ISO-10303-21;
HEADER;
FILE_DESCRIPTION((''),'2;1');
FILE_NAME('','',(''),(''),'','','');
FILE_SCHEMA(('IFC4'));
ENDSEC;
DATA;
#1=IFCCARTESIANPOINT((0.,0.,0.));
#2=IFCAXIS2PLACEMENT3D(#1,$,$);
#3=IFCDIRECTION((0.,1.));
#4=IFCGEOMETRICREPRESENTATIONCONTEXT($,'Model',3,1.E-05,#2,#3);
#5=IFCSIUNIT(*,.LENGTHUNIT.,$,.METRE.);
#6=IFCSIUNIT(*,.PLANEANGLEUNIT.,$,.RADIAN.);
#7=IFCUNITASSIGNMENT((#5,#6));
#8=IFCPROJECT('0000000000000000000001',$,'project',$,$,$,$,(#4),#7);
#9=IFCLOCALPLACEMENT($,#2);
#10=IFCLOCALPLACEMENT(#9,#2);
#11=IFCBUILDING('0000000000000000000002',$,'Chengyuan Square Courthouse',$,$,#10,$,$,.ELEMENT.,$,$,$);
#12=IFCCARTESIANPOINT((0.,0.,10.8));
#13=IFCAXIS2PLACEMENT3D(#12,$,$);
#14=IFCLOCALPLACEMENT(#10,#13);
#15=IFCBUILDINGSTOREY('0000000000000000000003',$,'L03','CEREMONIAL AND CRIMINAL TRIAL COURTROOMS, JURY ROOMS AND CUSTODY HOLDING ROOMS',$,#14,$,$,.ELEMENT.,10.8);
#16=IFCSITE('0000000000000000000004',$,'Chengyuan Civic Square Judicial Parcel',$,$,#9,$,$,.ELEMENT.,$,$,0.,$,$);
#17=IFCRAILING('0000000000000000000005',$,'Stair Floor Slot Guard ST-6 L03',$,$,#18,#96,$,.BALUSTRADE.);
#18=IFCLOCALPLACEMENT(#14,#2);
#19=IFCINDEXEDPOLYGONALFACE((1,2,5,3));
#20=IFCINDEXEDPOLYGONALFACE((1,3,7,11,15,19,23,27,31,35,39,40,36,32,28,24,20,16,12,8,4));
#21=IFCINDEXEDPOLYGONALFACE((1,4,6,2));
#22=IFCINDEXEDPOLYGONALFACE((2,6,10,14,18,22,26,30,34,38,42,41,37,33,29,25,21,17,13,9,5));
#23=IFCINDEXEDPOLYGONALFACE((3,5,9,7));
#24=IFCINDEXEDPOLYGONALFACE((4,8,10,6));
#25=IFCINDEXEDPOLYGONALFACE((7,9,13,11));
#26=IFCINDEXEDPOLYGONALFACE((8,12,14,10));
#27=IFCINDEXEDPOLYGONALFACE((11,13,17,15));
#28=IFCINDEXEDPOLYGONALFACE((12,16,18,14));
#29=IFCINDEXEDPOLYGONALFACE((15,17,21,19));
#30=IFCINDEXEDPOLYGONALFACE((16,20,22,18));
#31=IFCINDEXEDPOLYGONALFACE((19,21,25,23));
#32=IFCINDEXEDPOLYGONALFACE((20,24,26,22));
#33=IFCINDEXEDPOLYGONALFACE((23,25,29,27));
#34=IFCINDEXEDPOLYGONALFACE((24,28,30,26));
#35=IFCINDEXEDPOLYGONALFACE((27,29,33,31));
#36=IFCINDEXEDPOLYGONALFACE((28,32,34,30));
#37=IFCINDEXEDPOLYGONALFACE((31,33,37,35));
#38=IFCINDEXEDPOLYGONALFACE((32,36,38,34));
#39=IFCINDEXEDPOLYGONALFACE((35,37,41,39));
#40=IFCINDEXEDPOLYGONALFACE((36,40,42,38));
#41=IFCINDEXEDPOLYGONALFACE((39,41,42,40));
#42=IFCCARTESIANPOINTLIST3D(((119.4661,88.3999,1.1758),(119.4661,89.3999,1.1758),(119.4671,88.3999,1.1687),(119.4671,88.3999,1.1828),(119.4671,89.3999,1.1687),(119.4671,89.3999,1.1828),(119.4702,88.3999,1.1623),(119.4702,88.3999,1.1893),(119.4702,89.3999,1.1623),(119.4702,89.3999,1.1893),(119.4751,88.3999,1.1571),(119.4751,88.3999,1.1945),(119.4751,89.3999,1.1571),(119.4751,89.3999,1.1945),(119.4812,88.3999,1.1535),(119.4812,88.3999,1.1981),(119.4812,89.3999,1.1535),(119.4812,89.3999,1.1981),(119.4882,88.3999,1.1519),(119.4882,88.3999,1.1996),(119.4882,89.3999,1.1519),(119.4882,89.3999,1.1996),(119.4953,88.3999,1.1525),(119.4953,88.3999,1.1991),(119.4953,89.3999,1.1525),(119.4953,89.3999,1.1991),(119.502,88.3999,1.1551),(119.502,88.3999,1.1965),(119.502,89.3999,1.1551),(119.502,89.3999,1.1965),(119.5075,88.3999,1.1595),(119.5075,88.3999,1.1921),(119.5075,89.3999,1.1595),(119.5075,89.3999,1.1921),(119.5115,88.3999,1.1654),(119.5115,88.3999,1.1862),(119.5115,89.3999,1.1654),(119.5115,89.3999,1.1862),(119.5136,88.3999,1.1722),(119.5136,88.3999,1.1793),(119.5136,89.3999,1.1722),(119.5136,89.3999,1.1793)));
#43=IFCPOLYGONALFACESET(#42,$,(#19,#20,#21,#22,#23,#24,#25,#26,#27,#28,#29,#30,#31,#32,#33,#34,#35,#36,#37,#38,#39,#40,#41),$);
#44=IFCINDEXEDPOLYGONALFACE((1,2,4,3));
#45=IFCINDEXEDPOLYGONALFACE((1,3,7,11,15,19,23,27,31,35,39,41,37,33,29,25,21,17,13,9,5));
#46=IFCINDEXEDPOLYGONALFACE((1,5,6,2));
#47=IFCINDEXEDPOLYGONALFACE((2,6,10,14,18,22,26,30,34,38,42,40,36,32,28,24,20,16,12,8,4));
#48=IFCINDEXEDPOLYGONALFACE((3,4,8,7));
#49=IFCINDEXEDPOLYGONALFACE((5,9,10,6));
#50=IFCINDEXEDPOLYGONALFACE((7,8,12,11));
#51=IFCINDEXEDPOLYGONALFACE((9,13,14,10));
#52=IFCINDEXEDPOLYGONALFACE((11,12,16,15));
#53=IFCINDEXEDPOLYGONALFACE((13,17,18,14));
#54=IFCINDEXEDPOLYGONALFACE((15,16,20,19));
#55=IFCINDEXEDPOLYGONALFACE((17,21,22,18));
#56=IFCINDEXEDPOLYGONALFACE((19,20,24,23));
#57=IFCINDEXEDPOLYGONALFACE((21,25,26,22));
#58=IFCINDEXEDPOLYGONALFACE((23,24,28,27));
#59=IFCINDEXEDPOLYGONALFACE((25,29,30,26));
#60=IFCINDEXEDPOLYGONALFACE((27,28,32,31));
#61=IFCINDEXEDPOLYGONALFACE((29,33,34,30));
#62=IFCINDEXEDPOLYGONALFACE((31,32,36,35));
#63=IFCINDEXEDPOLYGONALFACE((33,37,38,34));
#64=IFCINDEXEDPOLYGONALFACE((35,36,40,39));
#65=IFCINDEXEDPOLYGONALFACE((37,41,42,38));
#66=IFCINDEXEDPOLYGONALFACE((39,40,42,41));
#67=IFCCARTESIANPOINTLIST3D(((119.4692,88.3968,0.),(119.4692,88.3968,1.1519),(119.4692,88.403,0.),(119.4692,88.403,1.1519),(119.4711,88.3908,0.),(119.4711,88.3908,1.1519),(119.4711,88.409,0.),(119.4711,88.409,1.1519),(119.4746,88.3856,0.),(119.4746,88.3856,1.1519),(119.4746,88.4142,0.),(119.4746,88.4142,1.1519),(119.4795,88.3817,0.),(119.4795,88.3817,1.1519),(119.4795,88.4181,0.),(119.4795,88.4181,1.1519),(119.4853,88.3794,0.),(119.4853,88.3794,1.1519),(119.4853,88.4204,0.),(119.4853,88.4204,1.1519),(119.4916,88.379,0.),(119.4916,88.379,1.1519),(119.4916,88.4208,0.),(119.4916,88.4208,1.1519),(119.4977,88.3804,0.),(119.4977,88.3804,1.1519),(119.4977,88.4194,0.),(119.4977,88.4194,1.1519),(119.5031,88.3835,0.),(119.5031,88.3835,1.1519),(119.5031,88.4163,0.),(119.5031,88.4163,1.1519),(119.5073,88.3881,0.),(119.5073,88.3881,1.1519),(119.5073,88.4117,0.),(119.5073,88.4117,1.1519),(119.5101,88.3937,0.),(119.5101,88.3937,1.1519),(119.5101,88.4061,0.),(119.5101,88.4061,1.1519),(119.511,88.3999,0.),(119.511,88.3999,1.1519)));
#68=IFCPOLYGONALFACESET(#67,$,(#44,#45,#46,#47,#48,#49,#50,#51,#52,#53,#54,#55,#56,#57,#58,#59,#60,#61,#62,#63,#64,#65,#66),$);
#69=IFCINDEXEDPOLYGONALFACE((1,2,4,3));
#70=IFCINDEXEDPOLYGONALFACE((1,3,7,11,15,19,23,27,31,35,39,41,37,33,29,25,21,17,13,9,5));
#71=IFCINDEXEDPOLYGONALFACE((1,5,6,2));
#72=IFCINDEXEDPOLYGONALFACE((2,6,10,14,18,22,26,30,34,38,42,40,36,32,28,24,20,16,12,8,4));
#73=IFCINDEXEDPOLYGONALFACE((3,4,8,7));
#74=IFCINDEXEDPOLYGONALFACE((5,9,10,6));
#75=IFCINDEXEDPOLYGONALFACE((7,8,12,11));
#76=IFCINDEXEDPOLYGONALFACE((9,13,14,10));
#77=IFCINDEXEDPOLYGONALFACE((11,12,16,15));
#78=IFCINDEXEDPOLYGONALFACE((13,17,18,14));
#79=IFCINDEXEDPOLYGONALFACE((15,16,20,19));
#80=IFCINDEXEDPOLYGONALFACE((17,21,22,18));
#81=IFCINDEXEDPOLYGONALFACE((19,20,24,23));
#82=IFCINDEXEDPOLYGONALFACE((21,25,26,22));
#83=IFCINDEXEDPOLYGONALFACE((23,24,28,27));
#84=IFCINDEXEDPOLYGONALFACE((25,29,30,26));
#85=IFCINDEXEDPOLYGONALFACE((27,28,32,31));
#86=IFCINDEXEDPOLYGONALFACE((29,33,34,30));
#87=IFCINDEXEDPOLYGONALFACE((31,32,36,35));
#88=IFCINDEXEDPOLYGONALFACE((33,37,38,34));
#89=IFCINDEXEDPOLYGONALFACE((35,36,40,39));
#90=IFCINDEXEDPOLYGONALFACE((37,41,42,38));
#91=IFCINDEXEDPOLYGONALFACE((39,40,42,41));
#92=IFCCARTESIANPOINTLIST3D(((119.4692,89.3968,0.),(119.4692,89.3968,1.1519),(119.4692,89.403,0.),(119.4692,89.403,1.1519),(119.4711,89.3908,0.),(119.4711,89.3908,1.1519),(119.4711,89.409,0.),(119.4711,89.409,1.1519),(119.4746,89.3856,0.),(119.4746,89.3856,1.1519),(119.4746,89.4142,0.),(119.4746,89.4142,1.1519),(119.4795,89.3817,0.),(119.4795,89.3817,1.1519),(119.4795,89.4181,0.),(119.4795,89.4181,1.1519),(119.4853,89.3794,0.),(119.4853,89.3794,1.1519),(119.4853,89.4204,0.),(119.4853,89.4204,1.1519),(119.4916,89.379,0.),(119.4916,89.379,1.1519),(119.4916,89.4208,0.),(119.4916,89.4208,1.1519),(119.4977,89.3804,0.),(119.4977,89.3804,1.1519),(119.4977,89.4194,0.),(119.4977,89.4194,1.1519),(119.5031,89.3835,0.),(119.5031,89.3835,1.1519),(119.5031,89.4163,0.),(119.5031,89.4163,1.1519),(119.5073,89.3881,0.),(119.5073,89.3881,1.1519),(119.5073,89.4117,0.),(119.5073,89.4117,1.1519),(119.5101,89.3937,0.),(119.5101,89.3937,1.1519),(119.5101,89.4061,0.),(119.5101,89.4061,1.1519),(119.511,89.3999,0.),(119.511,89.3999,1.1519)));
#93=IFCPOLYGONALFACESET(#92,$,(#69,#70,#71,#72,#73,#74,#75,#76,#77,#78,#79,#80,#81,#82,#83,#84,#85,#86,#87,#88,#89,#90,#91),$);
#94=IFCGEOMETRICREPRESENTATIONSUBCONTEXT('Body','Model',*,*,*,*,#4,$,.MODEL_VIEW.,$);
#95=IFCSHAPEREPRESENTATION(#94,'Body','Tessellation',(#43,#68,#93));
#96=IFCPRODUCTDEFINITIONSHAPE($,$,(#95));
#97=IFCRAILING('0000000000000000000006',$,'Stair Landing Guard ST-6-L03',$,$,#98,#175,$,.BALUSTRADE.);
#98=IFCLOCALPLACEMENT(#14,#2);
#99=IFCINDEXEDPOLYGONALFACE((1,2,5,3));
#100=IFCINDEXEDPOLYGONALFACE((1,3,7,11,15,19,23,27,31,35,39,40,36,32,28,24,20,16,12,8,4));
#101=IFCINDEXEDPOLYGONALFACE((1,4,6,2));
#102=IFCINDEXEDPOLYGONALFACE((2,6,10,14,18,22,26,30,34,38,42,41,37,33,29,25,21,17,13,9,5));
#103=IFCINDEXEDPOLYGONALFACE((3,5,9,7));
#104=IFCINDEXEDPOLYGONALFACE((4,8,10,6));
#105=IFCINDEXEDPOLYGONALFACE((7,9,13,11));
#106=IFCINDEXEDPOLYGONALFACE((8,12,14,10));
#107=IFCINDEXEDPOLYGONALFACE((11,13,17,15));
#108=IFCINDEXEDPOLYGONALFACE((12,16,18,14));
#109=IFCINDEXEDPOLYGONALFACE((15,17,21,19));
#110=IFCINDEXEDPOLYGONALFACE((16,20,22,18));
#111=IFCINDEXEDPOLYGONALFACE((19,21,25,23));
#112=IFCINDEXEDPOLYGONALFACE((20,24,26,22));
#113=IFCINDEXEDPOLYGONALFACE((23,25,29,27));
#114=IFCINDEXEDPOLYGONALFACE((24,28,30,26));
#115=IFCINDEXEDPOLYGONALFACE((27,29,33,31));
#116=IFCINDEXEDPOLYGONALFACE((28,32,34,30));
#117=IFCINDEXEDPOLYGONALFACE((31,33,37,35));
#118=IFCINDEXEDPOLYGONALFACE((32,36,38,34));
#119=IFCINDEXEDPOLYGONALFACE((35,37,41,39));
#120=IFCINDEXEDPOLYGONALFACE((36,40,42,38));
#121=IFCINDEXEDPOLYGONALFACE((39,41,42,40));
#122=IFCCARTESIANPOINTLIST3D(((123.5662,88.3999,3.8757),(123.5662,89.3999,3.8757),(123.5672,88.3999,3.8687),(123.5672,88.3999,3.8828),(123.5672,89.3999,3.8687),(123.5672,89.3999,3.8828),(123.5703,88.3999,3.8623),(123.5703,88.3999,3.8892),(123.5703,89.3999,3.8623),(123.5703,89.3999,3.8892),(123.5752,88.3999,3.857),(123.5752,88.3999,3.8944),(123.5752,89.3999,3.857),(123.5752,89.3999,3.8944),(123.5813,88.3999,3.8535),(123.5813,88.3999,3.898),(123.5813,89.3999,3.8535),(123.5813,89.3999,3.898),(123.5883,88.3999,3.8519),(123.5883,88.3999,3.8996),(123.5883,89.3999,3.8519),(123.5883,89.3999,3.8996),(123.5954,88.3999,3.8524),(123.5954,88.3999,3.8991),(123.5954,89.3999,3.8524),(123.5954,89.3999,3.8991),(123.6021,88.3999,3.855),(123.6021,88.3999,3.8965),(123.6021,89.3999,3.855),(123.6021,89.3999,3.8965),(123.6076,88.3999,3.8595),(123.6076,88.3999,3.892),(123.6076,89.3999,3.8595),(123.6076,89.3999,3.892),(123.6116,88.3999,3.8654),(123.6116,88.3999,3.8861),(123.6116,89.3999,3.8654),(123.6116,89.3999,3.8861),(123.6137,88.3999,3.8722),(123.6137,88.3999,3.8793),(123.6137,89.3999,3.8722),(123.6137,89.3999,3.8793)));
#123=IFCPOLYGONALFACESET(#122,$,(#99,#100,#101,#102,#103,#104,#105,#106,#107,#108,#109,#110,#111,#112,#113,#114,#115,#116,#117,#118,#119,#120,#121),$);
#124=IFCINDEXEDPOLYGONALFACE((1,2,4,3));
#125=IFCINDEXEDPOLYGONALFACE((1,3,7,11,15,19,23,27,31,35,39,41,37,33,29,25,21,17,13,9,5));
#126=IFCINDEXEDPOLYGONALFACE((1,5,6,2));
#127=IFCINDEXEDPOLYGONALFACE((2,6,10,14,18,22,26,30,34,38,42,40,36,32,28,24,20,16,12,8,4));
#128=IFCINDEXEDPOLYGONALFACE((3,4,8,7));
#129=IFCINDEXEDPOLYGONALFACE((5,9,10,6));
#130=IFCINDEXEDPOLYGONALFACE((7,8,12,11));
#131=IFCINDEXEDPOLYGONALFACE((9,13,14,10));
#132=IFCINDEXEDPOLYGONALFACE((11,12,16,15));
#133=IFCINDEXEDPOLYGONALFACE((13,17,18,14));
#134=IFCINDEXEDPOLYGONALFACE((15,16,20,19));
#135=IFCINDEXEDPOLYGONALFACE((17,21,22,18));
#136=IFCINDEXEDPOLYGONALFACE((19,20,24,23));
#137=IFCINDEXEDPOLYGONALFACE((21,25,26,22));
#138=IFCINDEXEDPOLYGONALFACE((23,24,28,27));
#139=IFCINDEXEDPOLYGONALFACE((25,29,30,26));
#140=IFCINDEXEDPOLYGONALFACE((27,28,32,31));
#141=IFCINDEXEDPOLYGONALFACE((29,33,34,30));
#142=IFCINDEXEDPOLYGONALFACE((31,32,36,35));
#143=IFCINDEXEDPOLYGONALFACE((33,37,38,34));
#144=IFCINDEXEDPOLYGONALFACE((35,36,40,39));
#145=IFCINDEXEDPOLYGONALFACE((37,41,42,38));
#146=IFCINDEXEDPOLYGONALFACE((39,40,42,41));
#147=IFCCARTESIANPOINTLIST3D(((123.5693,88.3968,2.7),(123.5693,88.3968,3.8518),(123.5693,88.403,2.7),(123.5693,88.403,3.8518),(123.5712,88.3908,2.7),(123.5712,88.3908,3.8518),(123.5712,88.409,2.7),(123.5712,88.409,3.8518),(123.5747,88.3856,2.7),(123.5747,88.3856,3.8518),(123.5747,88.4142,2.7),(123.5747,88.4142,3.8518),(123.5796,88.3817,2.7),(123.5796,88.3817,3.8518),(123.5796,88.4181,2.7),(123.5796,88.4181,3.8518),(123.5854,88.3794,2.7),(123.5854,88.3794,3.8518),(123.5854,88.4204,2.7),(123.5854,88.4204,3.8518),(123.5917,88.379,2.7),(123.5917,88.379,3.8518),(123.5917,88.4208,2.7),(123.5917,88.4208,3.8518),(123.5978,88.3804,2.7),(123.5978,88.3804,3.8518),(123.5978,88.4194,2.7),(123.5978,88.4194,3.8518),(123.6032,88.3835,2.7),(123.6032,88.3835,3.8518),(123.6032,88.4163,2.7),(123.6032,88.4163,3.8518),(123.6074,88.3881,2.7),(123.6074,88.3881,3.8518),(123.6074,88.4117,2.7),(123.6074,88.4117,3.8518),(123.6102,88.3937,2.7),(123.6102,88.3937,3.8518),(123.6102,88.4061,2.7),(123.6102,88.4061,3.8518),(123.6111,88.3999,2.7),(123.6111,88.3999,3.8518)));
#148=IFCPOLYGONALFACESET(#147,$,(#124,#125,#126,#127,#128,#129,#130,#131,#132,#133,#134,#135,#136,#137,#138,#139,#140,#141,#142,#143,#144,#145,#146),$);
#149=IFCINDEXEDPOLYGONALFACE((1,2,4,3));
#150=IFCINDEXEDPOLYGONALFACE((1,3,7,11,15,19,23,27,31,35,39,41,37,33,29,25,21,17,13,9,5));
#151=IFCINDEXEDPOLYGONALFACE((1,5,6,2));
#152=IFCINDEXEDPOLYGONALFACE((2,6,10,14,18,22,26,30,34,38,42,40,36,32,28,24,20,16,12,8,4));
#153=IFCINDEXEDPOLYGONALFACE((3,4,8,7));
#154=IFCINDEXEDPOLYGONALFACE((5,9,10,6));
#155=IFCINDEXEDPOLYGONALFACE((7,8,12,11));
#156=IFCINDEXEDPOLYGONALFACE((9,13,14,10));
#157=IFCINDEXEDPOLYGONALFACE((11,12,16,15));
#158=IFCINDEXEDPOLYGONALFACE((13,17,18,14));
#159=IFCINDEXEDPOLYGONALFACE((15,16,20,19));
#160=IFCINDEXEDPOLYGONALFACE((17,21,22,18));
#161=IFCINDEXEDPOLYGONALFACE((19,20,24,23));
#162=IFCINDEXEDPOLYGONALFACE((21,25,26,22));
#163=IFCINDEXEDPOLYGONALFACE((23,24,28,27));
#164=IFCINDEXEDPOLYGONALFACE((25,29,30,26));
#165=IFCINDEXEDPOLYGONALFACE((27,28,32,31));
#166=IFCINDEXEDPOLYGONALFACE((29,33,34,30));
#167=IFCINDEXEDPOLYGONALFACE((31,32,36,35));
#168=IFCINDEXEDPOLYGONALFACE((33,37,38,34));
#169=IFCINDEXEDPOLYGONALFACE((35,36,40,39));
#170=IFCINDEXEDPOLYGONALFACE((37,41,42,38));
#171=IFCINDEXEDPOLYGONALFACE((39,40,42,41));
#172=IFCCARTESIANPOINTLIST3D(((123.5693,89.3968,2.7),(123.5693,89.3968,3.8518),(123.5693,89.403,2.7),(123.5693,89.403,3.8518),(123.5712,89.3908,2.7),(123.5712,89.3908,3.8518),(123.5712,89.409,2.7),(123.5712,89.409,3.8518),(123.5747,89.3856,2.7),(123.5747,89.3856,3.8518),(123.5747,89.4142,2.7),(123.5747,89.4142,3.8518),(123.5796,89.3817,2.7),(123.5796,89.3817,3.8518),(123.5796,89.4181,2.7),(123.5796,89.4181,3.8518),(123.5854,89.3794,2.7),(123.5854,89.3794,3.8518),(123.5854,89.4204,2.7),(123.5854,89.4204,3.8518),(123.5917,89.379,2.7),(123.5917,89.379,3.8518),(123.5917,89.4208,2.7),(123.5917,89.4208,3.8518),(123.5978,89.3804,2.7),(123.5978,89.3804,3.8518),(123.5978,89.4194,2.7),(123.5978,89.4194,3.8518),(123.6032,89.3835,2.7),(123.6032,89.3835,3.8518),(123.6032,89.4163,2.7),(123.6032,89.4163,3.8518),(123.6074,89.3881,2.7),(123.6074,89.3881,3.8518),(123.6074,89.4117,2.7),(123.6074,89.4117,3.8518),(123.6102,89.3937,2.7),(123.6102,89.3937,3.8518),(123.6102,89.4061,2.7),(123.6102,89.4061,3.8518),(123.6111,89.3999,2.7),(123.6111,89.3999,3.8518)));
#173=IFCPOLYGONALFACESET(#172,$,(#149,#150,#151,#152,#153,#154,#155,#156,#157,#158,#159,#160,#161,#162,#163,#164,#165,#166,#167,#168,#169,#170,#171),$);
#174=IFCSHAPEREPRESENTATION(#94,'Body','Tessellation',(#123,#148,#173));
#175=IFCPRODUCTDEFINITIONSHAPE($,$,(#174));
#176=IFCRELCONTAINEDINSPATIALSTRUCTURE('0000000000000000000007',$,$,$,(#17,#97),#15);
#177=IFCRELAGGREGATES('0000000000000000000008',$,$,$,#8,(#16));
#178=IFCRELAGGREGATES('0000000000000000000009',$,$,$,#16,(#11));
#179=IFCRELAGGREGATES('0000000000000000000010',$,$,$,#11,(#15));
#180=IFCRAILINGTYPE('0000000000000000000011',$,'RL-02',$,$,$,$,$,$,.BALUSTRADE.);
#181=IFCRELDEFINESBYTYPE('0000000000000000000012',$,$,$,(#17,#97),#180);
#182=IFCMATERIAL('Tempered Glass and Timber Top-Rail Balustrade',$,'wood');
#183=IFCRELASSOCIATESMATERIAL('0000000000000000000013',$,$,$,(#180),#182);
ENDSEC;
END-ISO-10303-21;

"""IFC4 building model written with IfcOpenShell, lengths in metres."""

from ifc_helpers import new_model, si_unit, direction, frame, origin, origin_2d, place, context, subcontext, project, spatial, circle, extrude, material, type_object, element, save


model = new_model("IFC4")

# Units and contexts
model_context = context("Model", 3, precision=1e-05, world=origin(), true_north=direction((0.0, 1.0)))
body_context = subcontext(model_context, "Body", "Model", "MODEL_VIEW")
ifc_project = project(units=[si_unit("LENGTHUNIT", "METRE"), si_unit("PLANEANGLEUNIT", "RADIAN")], contexts=[model_context])

# Site, building, storey
site_placement = place(None, origin())
site = spatial("IfcSite", under=ifc_project, at=site_placement, Name="Chengyuan Civic Square Judicial Parcel", CompositionType="ELEMENT", RefElevation=0.0)
building_placement = place(site_placement, origin())
building = spatial("IfcBuilding", under=site, at=building_placement, Name="Chengyuan Square Courthouse", CompositionType="ELEMENT")
storey_placement = place(building_placement, frame((0.0, 0.0, 10.8)))
storey = spatial("IfcBuildingStorey", under=building, at=storey_placement, Name="L03", Description="CEREMONIAL AND CRIMINAL TRIAL COURTROOMS, JURY ROOMS AND CUSTODY HOLDING ROOMS", CompositionType="ELEMENT", Elevation=10.8)

# Railings
ifc_material_1 = material(Name="Tempered Glass and Timber Top-Rail Balustrade", Category="wood")
railing_type_1 = type_object("IfcRailingType", Name="RL-02", PredefinedType="BALUSTRADE", material=ifc_material_1)
for number, where, name in (
    (1, (119.49, 88.3999, 0.0), "Stair Floor Slot Guard ST-6 L03"),
    (2, (123.5901, 88.3999, 2.7), "Stair Landing Guard ST-6-L03"),
):
    element("IfcRailing", number, at=place(storey_placement, frame(where)), inside=storey, type_object=railing_type_1, Name=name, PredefinedType="BALUSTRADE", context=body_context, shape_type="SweptSolid", body=[
        extrude(circle(Radius=0.0239, at=origin_2d()), frame((0.0, 0.0, 1.1758), z_axis=(0.0, 1.0, 0.0), x_axis=(-1.0, 0.0, 0.0)), (0.0, 0.0, 1.0), 1.0),
        extrude(circle(Radius=0.021, at=origin_2d()), origin(), (0.0, 0.0, 1.0), 1.1519),
        extrude(circle(Radius=0.021, at=origin_2d()), frame((0.0, 1.0, 0.0)), (0.0, 0.0, 1.0), 1.1519),
    ])

save(model, "model.ifc")
